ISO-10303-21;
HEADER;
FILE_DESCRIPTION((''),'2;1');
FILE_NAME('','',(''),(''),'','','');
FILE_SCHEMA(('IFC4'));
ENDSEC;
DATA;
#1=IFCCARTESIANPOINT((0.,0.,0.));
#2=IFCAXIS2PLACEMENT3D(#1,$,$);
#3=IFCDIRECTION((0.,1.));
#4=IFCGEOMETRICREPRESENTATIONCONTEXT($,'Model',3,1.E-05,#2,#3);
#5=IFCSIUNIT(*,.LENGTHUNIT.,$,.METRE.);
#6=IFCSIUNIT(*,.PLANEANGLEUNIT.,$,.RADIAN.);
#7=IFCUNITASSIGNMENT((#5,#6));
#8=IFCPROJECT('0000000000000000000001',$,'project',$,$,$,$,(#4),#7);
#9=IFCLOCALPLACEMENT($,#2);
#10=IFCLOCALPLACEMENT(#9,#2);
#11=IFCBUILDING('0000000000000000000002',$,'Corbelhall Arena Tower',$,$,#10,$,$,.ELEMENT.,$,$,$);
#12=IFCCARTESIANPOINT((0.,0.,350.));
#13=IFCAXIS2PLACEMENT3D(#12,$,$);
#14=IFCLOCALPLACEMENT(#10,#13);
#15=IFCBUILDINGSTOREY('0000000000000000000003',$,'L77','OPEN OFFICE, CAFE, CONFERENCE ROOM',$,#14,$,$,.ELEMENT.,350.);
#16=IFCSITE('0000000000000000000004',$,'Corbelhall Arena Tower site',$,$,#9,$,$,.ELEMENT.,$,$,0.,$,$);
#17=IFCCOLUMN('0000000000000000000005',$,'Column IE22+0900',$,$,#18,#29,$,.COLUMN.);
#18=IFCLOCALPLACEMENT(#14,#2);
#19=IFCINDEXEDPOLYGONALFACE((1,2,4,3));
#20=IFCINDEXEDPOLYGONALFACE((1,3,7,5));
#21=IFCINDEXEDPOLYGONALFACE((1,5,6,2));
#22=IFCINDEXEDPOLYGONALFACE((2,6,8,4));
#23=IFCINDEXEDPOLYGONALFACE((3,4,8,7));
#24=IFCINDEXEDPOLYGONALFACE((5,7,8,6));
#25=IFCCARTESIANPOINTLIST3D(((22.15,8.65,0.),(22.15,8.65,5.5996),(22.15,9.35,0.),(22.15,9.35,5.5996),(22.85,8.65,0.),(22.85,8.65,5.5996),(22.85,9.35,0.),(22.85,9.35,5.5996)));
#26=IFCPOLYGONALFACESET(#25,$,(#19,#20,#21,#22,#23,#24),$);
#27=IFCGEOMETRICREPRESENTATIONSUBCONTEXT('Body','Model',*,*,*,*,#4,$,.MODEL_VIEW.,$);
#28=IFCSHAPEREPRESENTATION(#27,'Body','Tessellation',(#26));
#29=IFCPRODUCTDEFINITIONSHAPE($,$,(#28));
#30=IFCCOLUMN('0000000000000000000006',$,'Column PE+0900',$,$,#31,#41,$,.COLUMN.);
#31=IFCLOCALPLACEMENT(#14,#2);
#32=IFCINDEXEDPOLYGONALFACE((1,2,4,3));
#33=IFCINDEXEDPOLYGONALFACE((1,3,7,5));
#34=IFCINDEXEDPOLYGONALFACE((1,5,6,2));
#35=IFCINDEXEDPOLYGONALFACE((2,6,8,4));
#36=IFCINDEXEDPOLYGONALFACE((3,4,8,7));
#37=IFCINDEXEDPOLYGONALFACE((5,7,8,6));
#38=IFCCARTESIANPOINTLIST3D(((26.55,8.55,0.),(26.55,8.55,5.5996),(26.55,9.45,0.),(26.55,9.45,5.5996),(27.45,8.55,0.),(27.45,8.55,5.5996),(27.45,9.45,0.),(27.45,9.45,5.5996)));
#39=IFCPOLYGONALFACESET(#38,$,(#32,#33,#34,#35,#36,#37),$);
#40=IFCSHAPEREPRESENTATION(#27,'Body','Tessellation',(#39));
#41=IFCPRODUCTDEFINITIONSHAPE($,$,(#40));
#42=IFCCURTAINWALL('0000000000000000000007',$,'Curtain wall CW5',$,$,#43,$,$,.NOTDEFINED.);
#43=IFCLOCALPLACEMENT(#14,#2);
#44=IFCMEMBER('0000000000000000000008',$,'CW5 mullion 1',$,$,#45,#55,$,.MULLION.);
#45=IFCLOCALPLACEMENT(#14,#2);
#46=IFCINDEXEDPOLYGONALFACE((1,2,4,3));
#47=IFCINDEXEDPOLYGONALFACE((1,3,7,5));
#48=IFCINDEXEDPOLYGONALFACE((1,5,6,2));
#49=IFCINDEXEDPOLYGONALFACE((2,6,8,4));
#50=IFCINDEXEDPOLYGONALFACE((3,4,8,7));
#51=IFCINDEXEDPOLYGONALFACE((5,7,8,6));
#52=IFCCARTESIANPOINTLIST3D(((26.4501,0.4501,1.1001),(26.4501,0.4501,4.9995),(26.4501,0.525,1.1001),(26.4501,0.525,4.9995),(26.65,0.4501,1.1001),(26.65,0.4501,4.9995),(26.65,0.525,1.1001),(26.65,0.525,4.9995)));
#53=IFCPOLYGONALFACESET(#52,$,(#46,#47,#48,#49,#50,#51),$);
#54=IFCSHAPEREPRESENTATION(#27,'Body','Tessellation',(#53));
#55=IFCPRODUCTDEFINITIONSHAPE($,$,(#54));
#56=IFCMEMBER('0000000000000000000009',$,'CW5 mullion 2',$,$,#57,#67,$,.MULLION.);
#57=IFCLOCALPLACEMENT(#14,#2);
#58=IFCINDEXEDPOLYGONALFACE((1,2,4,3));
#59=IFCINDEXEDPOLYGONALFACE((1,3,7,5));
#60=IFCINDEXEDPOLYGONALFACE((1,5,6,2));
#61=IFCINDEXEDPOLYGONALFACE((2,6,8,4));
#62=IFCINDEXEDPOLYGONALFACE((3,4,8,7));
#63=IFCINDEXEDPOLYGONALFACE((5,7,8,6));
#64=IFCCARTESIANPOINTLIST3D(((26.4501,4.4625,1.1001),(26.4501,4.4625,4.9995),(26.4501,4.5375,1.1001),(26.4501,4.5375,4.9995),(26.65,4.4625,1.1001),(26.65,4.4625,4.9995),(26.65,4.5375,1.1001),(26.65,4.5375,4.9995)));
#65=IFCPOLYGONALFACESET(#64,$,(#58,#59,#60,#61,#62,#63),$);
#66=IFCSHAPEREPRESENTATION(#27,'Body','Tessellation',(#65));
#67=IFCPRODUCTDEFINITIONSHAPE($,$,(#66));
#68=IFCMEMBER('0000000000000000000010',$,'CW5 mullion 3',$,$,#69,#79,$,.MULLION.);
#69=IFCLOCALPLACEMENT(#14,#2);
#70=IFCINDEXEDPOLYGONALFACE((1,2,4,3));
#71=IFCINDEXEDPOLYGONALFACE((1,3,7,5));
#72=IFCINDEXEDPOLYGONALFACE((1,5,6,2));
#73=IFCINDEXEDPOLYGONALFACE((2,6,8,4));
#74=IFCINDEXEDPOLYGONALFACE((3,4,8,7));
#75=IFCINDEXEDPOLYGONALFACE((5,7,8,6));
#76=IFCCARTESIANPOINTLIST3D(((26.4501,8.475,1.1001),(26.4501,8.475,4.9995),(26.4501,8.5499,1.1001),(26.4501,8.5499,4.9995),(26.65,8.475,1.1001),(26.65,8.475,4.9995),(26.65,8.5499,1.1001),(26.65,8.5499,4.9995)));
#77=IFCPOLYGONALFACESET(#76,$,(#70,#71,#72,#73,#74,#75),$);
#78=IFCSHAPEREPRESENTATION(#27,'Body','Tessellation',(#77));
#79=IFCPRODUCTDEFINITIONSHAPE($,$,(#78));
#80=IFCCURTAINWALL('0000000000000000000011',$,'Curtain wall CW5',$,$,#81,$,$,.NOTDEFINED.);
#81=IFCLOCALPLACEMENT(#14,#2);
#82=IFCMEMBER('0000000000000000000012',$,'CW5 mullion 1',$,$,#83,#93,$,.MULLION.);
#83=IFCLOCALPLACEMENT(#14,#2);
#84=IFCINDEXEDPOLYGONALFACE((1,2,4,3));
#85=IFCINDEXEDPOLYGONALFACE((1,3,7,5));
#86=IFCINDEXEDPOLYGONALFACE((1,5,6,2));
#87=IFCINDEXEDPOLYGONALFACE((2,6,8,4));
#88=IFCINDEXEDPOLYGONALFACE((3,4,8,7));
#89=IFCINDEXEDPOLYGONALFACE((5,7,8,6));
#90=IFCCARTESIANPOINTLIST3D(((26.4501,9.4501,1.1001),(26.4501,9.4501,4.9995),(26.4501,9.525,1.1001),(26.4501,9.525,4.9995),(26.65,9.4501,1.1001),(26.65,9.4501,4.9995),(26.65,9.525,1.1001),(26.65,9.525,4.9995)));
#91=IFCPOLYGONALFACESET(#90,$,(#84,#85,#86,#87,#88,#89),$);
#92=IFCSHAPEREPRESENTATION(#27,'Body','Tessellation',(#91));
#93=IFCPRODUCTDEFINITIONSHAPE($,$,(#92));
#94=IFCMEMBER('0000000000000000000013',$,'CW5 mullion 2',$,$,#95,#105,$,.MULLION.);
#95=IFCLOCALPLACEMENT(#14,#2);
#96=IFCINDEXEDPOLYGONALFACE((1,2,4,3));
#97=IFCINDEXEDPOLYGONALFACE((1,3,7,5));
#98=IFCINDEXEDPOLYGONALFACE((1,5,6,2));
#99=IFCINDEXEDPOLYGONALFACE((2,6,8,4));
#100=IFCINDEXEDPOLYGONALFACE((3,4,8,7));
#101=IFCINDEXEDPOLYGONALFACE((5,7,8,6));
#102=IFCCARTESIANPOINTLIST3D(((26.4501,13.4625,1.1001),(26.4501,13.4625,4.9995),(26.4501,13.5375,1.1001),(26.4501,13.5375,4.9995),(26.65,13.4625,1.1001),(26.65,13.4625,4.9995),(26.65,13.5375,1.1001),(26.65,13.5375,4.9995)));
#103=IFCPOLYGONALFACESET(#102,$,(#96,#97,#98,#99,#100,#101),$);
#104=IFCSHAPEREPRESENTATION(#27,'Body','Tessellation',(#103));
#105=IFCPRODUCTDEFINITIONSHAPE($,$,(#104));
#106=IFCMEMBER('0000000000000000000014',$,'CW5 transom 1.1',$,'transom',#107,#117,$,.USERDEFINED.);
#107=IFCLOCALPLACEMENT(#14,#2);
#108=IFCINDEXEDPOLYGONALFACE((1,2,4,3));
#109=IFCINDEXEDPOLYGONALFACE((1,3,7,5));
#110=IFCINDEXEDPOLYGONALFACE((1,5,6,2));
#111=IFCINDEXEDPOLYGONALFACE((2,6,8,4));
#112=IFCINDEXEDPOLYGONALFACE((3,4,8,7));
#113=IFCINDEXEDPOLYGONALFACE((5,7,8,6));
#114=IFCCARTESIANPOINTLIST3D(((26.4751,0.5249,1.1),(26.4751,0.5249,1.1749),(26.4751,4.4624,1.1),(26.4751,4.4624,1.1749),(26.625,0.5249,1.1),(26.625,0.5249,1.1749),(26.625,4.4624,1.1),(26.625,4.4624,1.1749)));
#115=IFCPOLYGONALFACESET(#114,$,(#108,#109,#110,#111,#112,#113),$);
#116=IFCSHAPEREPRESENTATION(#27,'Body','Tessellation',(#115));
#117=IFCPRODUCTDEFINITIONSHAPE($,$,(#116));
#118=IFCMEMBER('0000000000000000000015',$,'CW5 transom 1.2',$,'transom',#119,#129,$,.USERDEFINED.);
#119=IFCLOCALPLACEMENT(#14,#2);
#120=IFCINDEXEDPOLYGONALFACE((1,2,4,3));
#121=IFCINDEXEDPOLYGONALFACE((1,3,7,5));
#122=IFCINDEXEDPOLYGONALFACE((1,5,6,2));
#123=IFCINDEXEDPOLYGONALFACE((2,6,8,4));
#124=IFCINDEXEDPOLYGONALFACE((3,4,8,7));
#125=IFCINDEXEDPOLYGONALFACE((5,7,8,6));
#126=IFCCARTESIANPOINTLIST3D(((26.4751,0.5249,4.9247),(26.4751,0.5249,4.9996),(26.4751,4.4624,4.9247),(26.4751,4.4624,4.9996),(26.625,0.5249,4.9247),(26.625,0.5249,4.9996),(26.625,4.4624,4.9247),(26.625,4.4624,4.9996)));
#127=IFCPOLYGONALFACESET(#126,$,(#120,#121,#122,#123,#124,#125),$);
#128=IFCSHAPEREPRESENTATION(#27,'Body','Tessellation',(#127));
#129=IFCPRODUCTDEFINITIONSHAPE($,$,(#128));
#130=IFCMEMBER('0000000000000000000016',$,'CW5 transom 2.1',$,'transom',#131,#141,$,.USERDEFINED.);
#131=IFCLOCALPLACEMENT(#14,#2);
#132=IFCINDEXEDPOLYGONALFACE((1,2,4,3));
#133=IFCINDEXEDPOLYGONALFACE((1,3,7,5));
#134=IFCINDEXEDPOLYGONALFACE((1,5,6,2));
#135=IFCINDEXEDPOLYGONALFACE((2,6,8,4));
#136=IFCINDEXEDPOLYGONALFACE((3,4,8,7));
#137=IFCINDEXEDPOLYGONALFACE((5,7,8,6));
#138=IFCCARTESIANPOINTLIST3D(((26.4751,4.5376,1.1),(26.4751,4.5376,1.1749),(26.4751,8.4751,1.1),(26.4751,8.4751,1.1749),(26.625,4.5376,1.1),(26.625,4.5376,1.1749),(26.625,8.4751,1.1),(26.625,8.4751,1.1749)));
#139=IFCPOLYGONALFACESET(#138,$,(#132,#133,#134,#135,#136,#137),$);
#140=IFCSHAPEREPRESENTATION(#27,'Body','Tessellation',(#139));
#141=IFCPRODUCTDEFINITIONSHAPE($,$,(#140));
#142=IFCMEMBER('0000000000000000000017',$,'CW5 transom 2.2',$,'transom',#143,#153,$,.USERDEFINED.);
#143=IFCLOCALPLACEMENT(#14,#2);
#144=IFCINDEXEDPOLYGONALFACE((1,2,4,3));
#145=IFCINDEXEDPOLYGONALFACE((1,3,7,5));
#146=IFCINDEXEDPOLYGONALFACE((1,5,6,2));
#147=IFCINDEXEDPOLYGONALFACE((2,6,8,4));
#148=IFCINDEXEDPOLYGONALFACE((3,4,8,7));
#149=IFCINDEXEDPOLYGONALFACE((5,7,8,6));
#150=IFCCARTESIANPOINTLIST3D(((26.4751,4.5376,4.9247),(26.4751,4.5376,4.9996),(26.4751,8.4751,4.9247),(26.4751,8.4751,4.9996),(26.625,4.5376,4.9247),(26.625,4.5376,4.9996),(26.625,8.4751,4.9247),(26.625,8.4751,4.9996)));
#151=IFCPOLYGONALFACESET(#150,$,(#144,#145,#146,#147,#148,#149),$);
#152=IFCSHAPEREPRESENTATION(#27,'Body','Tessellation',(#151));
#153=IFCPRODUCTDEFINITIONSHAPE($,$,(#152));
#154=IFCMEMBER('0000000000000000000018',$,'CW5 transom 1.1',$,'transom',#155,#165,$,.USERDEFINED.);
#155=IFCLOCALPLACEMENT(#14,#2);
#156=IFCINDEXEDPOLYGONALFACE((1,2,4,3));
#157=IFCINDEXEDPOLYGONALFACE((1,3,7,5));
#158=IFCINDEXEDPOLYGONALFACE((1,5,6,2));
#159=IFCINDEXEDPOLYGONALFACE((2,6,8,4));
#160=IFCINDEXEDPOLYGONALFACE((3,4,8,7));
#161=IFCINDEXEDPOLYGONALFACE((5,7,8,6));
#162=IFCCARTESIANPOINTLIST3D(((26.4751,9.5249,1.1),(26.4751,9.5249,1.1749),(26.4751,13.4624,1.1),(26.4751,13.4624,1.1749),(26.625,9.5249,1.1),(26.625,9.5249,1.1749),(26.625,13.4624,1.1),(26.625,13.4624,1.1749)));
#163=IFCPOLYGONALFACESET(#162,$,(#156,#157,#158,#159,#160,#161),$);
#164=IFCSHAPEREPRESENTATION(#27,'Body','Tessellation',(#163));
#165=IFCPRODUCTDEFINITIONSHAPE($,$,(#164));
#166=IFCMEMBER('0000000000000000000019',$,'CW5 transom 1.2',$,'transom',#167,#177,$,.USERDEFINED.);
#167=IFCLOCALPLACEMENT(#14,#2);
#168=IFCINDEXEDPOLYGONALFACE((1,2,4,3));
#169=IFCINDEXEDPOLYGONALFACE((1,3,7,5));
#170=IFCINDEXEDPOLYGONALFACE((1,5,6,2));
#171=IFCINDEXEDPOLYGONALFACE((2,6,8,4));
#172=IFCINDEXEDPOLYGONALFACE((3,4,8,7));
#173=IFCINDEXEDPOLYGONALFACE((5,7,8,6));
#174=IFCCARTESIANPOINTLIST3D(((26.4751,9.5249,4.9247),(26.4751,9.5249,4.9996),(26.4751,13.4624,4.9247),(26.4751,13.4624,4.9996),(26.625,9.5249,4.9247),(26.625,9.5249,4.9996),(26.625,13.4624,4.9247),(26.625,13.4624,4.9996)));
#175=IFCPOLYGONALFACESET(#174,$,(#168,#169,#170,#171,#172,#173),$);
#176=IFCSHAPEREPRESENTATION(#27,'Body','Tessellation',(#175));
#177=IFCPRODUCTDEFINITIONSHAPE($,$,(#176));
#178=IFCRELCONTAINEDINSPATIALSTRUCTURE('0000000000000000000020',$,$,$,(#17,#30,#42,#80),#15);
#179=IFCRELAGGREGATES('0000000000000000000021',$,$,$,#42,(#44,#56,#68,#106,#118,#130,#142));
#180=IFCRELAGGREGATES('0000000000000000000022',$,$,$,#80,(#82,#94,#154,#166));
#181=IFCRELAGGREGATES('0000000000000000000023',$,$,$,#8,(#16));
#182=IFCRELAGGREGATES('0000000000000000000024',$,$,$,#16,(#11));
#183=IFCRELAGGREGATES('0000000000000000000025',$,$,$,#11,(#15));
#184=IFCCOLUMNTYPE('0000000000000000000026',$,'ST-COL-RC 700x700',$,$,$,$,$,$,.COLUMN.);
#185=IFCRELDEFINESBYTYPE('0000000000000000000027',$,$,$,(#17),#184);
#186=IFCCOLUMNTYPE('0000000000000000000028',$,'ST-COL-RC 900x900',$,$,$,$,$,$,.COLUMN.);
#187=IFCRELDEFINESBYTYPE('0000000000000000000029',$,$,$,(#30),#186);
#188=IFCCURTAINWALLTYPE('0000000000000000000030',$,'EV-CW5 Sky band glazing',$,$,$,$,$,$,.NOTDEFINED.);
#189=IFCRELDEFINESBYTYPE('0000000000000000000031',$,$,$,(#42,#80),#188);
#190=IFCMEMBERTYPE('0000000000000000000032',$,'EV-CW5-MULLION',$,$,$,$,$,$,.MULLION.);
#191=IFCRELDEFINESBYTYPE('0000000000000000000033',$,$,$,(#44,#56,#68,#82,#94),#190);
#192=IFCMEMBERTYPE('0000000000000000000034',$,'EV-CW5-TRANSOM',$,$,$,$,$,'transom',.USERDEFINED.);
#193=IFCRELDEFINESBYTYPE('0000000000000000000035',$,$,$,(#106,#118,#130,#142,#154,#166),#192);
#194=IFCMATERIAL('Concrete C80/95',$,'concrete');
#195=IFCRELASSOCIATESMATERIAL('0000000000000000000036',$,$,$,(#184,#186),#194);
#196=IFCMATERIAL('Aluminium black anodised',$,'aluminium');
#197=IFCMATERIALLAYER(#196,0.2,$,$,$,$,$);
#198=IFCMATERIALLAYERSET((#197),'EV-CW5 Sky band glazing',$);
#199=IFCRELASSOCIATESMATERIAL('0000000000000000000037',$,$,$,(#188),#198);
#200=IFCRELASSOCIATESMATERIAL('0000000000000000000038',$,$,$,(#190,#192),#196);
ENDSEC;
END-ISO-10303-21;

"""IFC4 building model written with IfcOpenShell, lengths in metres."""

from ifc_helpers import new_model, si_unit, direction, frame, origin, origin_2d, place, context, subcontext, project, spatial, rectangle, extrude, material, layer, layer_set, material_profile, profile_set, type_object, element, aggregate, save


model = new_model("IFC4")

# Units and contexts
model_context = context("Model", 3, precision=1e-05, world=origin(), true_north=direction((0.0, 1.0)))
body_context = subcontext(model_context, "Body", "Model", "MODEL_VIEW")
ifc_project = project(units=[si_unit("LENGTHUNIT", "METRE"), si_unit("PLANEANGLEUNIT", "RADIAN")], contexts=[model_context])

# Site, building, storey
site_placement = place(None, origin())
site = spatial("IfcSite", under=ifc_project, at=site_placement, Name="Corbelhall Arena Tower site", CompositionType="ELEMENT", RefElevation=0.0)
building_placement = place(site_placement, origin())
building = spatial("IfcBuilding", under=site, at=building_placement, Name="Corbelhall Arena Tower", CompositionType="ELEMENT")
storey_placement = place(building_placement, frame((0.0, 0.0, 350.0)))
storey = spatial("IfcBuildingStorey", under=building, at=storey_placement, Name="L77", Description="OPEN OFFICE, CAFE, CONFERENCE ROOM", CompositionType="ELEMENT", Elevation=350.0)

# Columns
ifc_material_1 = material(Name="Concrete C80/95", Category="concrete")
ifc_material_profile_1 = material_profile(ifc_material_1, rectangle(XDim=0.7, YDim=0.7, at=origin_2d()))
ifc_profile_set_1 = profile_set([ifc_material_profile_1], Name="Concrete C80/95")
column_type_1 = type_object("IfcColumnType", Name="ST-COL-RC 700x700", PredefinedType="COLUMN", material=ifc_profile_set_1)
column_1_placement = place(storey_placement, frame((22.5, 9.0, 0.0), z_axis=(0.0, 0.0, 1.0), x_axis=(1.0, 0.0, 0.0)))
element("IfcColumn", 1, at=column_1_placement, inside=storey, type_object=column_type_1, Name="Column IE22+0900", PredefinedType="COLUMN", context=body_context, shape_type="SweptSolid", body=[
    extrude(rectangle(XDim=0.7, YDim=0.7, at=origin_2d()), origin(), (0.0, 0.0, 1.0), 5.5996),
])
ifc_material_profile_2 = material_profile(ifc_material_1, rectangle(XDim=0.8999, YDim=0.8999, at=origin_2d()))
ifc_profile_set_2 = profile_set([ifc_material_profile_2], Name="Concrete C80/95")
column_type_2 = type_object("IfcColumnType", Name="ST-COL-RC 900x900", PredefinedType="COLUMN", material=ifc_profile_set_2)
column_2_placement = place(storey_placement, frame((27.0, 9.0, 0.0), z_axis=(0.0, 0.0, 1.0), x_axis=(0.0, 1.0, 0.0)))
element("IfcColumn", 2, at=column_2_placement, inside=storey, type_object=column_type_2, Name="Column PE+0900", PredefinedType="COLUMN", context=body_context, shape_type="SweptSolid", body=[
    extrude(rectangle(XDim=0.8999, YDim=0.8999, at=origin_2d()), origin(), (0.0, 0.0, 1.0), 5.5996),
])

# Curtain walls, members
ifc_material_2 = material(Name="Aluminium black anodised", Category="aluminium")
ifc_layer_1 = layer(ifc_material_2, 0.2)
ifc_layer_set_1 = layer_set([ifc_layer_1], Name="EV-CW5 Sky band glazing")
curtain_wall_type = type_object("IfcCurtainWallType", Name="EV-CW5 Sky band glazing", PredefinedType="NOTDEFINED", material=ifc_layer_set_1)
curtain_wall_1_placement = place(storey_placement, origin())
curtain_wall_1 = element("IfcCurtainWall", 3, at=curtain_wall_1_placement, inside=storey, type_object=curtain_wall_type, Name="Curtain wall CW5", PredefinedType="NOTDEFINED")
ifc_material_profile_3 = material_profile(ifc_material_2, rectangle(XDim=0.2, YDim=0.075, at=origin_2d()))
ifc_profile_set_3 = profile_set([ifc_material_profile_3], Name="Aluminium black anodised")
member_type_1 = type_object("IfcMemberType", Name="EV-CW5-MULLION", PredefinedType="MULLION", material=ifc_profile_set_3)
member_1_placement = place(storey_placement, frame((26.55, 0.4875, 1.1001), z_axis=(0.0, 0.0, 1.0), x_axis=(-1.0, 0.0, 0.0)))
member_1 = element("IfcMember", 4, at=member_1_placement, type_object=member_type_1, Name="CW5 mullion 1", PredefinedType="MULLION", context=body_context, shape_type="SweptSolid", body=[
    extrude(rectangle(XDim=0.2, YDim=0.075, at=origin_2d()), origin(), (0.0, 0.0, 1.0), 3.8994),
])
member_2_placement = place(storey_placement, frame((26.55, 4.5, 1.1001), z_axis=(0.0, 0.0, 1.0), x_axis=(-1.0, 0.0, 0.0)))
member_2 = element("IfcMember", 5, at=member_2_placement, type_object=member_type_1, Name="CW5 mullion 2", PredefinedType="MULLION", context=body_context, shape_type="SweptSolid", body=[
    extrude(rectangle(XDim=0.2, YDim=0.075, at=origin_2d()), origin(), (0.0, 0.0, 1.0), 3.8994),
])
member_3_placement = place(storey_placement, frame((26.55, 8.5125, 1.1001), z_axis=(0.0, 0.0, 1.0), x_axis=(-1.0, 0.0, 0.0)))
member_3 = element("IfcMember", 6, at=member_3_placement, type_object=member_type_1, Name="CW5 mullion 3", PredefinedType="MULLION", context=body_context, shape_type="SweptSolid", body=[
    extrude(rectangle(XDim=0.2, YDim=0.075, at=origin_2d()), origin(), (0.0, 0.0, 1.0), 3.8994),
])
curtain_wall_2_placement = place(storey_placement, origin())
curtain_wall_2 = element("IfcCurtainWall", 7, at=curtain_wall_2_placement, inside=storey, type_object=curtain_wall_type, Name="Curtain wall CW5", PredefinedType="NOTDEFINED")
member_4_placement = place(storey_placement, frame((26.55, 9.4875, 1.1001), z_axis=(0.0, 0.0, 1.0), x_axis=(-1.0, 0.0, 0.0)))
member_4 = element("IfcMember", 8, at=member_4_placement, type_object=member_type_1, Name="CW5 mullion 1", PredefinedType="MULLION", context=body_context, shape_type="SweptSolid", body=[
    extrude(rectangle(XDim=0.2, YDim=0.075, at=origin_2d()), origin(), (0.0, 0.0, 1.0), 3.8994),
])
member_5_placement = place(storey_placement, frame((26.55, 13.5, 1.1001), z_axis=(0.0, 0.0, 1.0), x_axis=(-1.0, 0.0, 0.0)))
member_5 = element("IfcMember", 9, at=member_5_placement, type_object=member_type_1, Name="CW5 mullion 2", PredefinedType="MULLION", context=body_context, shape_type="SweptSolid", body=[
    extrude(rectangle(XDim=0.2, YDim=0.075, at=origin_2d()), origin(), (0.0, 0.0, 1.0), 3.8994),
])

# Members
ifc_material_profile_4 = material_profile(ifc_material_2, rectangle(XDim=0.1499, YDim=0.075, at=origin_2d()))
ifc_profile_set_4 = profile_set([ifc_material_profile_4], Name="Aluminium black anodised")
member_type_2 = type_object("IfcMemberType", Name="EV-CW5-TRANSOM", ElementType="transom", PredefinedType="USERDEFINED", material=ifc_profile_set_4)
member_6_placement = place(storey_placement, frame((26.55, 0.5249, 1.1375), z_axis=(0.0, 1.0, 0.0), x_axis=(-1.0, 0.0, 0.0)))
member_6 = element("IfcMember", 10, at=member_6_placement, type_object=member_type_2, Name="CW5 transom 1.1", ObjectType="transom", PredefinedType="USERDEFINED", context=body_context, shape_type="SweptSolid", body=[
    extrude(rectangle(XDim=0.1499, YDim=0.075, at=origin_2d()), origin(), (0.0, 0.0, 1.0), 3.9375),
])
member_7_placement = place(storey_placement, frame((26.55, 0.5249, 4.9622), z_axis=(0.0, 1.0, 0.0), x_axis=(-1.0, 0.0, 0.0)))
member_7 = element("IfcMember", 11, at=member_7_placement, type_object=member_type_2, Name="CW5 transom 1.2", ObjectType="transom", PredefinedType="USERDEFINED", context=body_context, shape_type="SweptSolid", body=[
    extrude(rectangle(XDim=0.1499, YDim=0.075, at=origin_2d()), origin(), (0.0, 0.0, 1.0), 3.9375),
])
member_8_placement = place(storey_placement, frame((26.55, 4.5376, 1.1375), z_axis=(0.0, 1.0, 0.0), x_axis=(-1.0, 0.0, 0.0)))
member_8 = element("IfcMember", 12, at=member_8_placement, type_object=member_type_2, Name="CW5 transom 2.1", ObjectType="transom", PredefinedType="USERDEFINED", context=body_context, shape_type="SweptSolid", body=[
    extrude(rectangle(XDim=0.1499, YDim=0.075, at=origin_2d()), origin(), (0.0, 0.0, 1.0), 3.9375),
])
member_9_placement = place(storey_placement, frame((26.55, 4.5376, 4.9622), z_axis=(0.0, 1.0, 0.0), x_axis=(-1.0, 0.0, 0.0)))
member_9 = element("IfcMember", 13, at=member_9_placement, type_object=member_type_2, Name="CW5 transom 2.2", ObjectType="transom", PredefinedType="USERDEFINED", context=body_context, shape_type="SweptSolid", body=[
    extrude(rectangle(XDim=0.1499, YDim=0.075, at=origin_2d()), origin(), (0.0, 0.0, 1.0), 3.9375),
])
member_10_placement = place(storey_placement, frame((26.55, 9.5249, 1.1375), z_axis=(0.0, 1.0, 0.0), x_axis=(-1.0, 0.0, 0.0)))
member_10 = element("IfcMember", 14, at=member_10_placement, type_object=member_type_2, Name="CW5 transom 1.1", ObjectType="transom", PredefinedType="USERDEFINED", context=body_context, shape_type="SweptSolid", body=[
    extrude(rectangle(XDim=0.1499, YDim=0.075, at=origin_2d()), origin(), (0.0, 0.0, 1.0), 3.9375),
])
member_11_placement = place(storey_placement, frame((26.55, 9.5249, 4.9622), z_axis=(0.0, 1.0, 0.0), x_axis=(-1.0, 0.0, 0.0)))
member_11 = element("IfcMember", 15, at=member_11_placement, type_object=member_type_2, Name="CW5 transom 1.2", ObjectType="transom", PredefinedType="USERDEFINED", context=body_context, shape_type="SweptSolid", body=[
    extrude(rectangle(XDim=0.1499, YDim=0.075, at=origin_2d()), origin(), (0.0, 0.0, 1.0), 3.9375),
])

aggregate(curtain_wall_1, [member_1, member_2, member_3, member_6, member_7, member_8, member_9])
aggregate(curtain_wall_2, [member_4, member_5, member_10, member_11])

save(model, "model.ifc")
